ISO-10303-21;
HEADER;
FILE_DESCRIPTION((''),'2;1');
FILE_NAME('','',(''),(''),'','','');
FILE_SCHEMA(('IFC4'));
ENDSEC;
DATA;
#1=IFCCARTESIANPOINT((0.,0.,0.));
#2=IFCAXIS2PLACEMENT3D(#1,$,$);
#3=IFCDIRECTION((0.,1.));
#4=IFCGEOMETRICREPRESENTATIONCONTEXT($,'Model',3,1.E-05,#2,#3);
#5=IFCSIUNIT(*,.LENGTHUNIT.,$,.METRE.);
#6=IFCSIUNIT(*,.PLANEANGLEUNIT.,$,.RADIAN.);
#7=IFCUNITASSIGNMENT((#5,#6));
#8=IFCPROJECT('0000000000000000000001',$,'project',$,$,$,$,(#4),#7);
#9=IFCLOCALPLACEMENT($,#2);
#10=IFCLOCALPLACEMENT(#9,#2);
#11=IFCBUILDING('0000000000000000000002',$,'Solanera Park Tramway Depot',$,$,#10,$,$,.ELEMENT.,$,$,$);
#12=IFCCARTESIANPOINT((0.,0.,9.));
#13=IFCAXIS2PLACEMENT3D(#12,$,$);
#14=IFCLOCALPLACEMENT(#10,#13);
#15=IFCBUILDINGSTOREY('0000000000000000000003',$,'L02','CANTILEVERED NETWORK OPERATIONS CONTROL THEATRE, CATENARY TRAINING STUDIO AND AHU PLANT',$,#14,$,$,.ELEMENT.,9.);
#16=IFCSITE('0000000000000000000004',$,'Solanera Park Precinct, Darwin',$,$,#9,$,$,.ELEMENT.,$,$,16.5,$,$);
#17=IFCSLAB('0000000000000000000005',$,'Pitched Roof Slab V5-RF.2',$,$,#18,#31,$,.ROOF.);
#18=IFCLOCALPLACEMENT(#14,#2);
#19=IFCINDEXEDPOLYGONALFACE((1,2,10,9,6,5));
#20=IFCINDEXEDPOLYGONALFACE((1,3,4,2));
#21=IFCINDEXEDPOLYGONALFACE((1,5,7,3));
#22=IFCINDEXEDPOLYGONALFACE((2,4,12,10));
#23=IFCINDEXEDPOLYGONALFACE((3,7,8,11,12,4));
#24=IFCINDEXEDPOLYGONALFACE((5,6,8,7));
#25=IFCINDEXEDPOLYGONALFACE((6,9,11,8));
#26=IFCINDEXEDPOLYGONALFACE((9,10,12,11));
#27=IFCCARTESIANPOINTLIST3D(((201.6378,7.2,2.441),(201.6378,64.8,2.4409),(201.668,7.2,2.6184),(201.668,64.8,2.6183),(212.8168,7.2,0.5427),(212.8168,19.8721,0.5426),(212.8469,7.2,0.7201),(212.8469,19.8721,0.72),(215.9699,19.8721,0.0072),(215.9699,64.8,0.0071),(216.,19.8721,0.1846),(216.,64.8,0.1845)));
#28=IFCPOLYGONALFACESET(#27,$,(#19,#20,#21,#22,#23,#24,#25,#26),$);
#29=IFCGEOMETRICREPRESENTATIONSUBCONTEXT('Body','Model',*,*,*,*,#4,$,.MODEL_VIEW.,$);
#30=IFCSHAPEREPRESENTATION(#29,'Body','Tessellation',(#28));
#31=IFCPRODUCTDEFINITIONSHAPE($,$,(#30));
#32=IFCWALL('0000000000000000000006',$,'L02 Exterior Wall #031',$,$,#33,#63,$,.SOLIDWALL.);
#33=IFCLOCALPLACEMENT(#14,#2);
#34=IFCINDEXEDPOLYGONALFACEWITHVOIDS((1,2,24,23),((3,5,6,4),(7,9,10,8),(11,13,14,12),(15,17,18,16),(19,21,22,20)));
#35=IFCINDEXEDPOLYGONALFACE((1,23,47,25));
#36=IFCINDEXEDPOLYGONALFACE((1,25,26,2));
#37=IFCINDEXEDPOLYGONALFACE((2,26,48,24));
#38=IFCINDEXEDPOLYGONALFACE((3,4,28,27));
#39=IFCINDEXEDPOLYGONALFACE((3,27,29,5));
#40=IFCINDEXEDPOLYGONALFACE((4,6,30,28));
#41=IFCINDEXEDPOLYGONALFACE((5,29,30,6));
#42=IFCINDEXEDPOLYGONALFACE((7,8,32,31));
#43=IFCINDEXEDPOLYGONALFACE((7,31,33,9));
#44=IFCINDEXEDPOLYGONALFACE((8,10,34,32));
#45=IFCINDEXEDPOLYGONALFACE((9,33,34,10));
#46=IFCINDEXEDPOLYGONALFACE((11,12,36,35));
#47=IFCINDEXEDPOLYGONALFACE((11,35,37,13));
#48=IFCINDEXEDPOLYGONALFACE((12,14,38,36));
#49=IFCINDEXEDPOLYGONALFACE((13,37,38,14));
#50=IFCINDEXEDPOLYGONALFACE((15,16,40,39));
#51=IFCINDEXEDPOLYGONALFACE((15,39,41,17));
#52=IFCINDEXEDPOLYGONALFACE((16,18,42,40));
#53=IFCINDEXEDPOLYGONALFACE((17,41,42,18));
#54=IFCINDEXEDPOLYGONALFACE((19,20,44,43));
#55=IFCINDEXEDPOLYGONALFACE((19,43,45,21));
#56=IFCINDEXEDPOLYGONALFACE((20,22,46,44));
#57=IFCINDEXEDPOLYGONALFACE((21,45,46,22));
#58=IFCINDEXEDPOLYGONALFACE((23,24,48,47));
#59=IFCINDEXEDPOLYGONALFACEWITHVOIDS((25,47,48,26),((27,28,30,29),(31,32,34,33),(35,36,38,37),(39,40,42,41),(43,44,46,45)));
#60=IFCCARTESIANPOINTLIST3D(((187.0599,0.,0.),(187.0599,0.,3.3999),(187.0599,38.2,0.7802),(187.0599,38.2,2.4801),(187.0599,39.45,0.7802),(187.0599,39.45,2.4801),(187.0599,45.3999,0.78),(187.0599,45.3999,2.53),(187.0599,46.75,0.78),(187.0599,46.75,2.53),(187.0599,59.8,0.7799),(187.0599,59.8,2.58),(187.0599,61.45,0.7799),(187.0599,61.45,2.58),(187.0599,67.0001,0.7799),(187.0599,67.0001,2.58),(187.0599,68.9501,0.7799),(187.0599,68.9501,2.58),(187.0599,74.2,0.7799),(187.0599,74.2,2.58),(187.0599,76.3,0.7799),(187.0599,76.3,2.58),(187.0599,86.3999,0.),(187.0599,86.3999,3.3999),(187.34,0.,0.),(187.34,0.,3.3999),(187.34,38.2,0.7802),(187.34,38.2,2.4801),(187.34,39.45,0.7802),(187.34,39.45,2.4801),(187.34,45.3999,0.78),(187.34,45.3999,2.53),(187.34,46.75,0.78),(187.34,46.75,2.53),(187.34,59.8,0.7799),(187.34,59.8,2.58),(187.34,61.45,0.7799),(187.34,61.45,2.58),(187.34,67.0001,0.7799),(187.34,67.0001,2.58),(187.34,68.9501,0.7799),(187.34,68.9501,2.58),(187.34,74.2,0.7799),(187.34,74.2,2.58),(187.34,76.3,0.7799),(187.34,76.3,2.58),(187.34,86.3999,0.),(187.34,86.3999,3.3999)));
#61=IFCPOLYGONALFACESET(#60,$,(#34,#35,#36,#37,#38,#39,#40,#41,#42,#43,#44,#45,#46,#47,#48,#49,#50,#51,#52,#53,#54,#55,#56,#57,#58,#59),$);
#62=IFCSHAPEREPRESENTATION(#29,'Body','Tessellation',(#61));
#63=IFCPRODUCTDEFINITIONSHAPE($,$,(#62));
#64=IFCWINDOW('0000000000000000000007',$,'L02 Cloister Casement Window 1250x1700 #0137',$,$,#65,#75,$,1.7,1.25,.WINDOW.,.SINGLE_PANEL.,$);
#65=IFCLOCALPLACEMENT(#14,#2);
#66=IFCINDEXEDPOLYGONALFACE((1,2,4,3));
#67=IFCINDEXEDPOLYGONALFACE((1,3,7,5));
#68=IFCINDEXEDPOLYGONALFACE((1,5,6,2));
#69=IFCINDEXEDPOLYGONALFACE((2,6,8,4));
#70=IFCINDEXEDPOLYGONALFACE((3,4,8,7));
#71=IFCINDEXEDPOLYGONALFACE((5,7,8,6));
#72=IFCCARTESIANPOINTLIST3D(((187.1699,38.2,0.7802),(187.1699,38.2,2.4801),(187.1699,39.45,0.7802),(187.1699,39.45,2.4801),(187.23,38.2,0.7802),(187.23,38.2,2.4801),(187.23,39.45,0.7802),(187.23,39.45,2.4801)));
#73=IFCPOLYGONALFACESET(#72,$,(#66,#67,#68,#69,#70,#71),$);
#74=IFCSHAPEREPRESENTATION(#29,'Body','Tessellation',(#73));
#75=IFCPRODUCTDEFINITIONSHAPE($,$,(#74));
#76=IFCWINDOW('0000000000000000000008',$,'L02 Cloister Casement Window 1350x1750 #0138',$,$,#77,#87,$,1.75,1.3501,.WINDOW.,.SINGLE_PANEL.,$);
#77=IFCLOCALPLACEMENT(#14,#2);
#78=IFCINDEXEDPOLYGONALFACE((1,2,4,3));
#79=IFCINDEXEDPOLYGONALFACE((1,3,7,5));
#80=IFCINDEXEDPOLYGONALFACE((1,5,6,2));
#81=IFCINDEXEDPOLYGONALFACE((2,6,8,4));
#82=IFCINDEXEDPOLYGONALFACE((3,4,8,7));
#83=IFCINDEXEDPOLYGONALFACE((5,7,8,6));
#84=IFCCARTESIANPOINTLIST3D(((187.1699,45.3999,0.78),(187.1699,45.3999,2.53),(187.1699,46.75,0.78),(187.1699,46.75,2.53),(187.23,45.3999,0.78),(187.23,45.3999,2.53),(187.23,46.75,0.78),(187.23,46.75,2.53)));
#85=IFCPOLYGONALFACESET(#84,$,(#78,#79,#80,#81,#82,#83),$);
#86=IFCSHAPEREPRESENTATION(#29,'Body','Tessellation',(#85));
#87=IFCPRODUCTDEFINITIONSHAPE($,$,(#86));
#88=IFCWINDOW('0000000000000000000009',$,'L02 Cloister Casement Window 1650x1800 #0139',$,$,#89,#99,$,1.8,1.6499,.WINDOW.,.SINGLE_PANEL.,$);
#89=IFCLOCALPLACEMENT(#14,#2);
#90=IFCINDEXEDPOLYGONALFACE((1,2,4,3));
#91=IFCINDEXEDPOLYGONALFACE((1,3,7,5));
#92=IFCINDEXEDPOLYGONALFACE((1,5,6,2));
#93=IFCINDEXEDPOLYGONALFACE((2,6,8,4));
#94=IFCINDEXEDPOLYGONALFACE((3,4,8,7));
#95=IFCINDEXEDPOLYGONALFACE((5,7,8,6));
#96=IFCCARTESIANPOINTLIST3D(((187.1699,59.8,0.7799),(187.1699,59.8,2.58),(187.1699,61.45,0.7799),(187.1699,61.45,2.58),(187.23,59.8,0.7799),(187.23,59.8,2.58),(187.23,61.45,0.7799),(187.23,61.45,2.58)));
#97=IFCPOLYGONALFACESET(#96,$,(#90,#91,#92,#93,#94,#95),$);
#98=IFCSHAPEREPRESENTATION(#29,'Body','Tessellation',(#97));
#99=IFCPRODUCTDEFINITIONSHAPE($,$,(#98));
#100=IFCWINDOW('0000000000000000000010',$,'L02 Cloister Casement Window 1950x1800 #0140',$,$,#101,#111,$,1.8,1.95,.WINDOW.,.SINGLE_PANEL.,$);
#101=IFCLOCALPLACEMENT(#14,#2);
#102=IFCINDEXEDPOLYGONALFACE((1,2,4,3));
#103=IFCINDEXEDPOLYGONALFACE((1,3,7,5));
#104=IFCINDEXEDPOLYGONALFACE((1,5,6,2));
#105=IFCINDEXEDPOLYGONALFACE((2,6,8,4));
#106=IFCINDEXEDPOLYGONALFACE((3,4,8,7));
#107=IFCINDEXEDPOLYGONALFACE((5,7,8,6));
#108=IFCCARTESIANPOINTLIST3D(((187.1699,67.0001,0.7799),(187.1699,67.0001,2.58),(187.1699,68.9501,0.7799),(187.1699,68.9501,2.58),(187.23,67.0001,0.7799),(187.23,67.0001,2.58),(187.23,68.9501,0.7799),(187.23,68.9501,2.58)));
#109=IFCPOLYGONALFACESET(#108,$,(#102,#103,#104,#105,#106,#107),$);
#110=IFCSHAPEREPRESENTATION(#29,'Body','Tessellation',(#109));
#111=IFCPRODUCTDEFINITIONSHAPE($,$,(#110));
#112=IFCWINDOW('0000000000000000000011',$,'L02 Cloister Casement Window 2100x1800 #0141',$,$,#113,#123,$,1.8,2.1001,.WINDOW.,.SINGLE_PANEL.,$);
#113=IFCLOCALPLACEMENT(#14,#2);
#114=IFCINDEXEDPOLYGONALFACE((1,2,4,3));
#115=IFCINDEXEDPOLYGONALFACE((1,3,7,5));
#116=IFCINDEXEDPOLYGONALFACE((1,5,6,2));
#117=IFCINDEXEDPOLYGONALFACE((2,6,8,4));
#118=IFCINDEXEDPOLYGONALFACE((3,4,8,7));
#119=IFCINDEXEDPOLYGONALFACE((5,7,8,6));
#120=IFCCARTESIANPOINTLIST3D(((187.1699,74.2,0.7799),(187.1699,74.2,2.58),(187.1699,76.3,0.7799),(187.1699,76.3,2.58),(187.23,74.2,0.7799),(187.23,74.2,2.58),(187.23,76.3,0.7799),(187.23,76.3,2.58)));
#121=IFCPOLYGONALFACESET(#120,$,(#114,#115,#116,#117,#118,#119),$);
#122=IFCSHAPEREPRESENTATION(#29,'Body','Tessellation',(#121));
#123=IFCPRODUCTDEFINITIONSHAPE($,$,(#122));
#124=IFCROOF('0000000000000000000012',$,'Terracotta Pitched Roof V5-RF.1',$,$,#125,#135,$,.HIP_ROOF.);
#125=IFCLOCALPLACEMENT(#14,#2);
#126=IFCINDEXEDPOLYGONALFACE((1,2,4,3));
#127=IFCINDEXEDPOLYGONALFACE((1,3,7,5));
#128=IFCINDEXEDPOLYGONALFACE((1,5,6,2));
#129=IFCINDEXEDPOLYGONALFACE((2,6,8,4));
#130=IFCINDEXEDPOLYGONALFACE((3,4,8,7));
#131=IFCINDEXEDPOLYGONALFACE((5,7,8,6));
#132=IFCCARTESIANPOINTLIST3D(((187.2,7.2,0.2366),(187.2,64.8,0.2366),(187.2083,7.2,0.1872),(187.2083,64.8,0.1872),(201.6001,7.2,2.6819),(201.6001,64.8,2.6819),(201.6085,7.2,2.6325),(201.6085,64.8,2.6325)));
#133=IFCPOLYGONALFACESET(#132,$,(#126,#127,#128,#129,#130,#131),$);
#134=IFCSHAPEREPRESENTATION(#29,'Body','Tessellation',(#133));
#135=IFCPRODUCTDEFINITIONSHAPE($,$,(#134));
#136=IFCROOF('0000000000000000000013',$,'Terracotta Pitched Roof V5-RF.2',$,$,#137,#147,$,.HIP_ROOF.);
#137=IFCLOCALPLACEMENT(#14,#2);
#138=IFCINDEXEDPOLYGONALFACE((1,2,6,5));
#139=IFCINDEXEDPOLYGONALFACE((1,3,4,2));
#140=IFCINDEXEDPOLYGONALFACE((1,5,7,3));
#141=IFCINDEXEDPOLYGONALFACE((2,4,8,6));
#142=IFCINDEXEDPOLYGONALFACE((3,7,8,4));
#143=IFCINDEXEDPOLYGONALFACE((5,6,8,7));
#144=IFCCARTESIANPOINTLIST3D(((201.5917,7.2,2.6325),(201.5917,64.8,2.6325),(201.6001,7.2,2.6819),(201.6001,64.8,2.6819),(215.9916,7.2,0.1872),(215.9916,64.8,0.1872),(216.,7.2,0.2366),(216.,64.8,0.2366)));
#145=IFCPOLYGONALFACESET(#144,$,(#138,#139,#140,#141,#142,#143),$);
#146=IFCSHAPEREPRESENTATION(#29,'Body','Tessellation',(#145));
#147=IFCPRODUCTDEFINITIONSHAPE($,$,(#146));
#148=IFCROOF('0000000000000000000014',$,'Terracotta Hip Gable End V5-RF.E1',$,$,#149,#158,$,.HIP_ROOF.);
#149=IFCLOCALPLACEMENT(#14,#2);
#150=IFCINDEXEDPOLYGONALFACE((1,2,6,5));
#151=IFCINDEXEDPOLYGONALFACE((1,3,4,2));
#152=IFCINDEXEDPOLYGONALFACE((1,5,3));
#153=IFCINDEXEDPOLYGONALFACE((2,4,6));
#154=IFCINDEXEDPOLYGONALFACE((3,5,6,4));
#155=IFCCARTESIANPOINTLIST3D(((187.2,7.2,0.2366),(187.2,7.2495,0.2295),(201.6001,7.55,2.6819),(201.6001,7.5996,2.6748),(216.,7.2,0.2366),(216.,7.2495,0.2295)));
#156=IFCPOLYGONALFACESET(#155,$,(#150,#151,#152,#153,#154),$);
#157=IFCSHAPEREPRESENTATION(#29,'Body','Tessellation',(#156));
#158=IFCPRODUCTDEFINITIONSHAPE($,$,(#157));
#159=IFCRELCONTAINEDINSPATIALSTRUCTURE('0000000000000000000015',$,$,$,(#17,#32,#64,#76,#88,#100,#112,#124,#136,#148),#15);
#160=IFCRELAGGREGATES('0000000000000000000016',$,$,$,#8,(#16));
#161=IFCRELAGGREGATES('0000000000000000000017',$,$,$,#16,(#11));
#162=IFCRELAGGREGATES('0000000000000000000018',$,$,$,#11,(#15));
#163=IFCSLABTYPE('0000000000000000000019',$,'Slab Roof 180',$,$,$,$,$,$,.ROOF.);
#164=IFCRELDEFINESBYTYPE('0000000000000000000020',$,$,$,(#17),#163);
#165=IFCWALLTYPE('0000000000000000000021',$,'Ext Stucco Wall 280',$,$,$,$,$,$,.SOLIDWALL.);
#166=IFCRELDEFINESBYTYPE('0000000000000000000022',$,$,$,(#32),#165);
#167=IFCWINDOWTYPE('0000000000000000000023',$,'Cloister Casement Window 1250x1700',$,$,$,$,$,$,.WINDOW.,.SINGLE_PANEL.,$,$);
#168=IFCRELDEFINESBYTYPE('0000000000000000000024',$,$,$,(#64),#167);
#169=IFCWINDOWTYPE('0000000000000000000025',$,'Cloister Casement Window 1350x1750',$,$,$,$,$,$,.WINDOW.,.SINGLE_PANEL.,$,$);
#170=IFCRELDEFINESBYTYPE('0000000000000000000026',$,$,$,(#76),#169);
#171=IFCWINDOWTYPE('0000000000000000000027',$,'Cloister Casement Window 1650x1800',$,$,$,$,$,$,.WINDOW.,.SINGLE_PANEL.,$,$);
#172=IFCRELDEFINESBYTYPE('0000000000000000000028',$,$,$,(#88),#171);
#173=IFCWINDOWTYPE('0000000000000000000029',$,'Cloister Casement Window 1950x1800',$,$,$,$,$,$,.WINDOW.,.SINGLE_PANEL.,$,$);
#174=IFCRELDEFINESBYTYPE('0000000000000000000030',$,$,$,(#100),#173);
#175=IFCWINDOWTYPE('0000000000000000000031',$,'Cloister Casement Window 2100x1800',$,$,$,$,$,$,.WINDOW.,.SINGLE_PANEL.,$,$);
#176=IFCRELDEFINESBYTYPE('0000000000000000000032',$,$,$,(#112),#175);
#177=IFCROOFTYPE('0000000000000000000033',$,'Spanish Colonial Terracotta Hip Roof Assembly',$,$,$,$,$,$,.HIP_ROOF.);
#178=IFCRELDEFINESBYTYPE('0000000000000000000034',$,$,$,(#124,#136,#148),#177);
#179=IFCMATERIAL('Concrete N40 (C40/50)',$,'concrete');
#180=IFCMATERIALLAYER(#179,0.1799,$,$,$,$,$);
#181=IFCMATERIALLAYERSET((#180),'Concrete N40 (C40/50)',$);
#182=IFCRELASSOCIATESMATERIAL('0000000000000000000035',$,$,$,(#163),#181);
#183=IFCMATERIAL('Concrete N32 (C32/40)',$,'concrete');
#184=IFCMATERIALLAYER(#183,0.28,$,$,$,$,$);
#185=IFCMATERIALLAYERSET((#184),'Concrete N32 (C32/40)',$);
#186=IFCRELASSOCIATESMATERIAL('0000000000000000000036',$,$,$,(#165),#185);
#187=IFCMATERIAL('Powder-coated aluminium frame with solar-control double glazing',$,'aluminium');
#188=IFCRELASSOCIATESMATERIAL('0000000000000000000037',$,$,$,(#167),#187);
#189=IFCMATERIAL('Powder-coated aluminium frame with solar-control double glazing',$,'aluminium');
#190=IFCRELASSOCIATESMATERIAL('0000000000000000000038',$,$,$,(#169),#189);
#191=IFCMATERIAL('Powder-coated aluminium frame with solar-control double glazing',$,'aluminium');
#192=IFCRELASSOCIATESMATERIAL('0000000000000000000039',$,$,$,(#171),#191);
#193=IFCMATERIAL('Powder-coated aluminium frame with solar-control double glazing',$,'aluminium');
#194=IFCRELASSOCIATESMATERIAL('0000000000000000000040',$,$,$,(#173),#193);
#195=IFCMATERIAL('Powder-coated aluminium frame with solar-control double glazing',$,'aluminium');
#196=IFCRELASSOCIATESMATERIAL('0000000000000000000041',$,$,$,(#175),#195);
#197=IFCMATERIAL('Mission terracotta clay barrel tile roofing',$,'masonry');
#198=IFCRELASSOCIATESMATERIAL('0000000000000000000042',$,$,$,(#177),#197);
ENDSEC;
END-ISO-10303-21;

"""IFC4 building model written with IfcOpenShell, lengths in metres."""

from ifc_helpers import new_model, si_unit, direction, frame, frame_2d, origin, place, context, subcontext, project, spatial, polyline, rectangle, outline, extrude, material, layer, layer_set, type_object, element, fill, save


model = new_model("IFC4")

# Units and contexts
model_context = context("Model", 3, precision=1e-05, world=origin(), true_north=direction((0.0, 1.0)))
body_context = subcontext(model_context, "Body", "Model", "MODEL_VIEW")
ifc_project = project(units=[si_unit("LENGTHUNIT", "METRE"), si_unit("PLANEANGLEUNIT", "RADIAN")], contexts=[model_context])

# Site, building, storey
site_placement = place(None, origin())
site = spatial("IfcSite", under=ifc_project, at=site_placement, Name="Solanera Park Precinct, Darwin", CompositionType="ELEMENT", RefElevation=16.5)
building_placement = place(site_placement, origin())
building = spatial("IfcBuilding", under=site, at=building_placement, Name="Solanera Park Tramway Depot", CompositionType="ELEMENT")
storey_placement = place(building_placement, frame((0.0, 0.0, 9.0)))
storey = spatial("IfcBuildingStorey", under=building, at=storey_placement, Name="L02", Description="CANTILEVERED NETWORK OPERATIONS CONTROL THEATRE, CATENARY TRAINING STUDIO AND AHU PLANT", CompositionType="ELEMENT", Elevation=9.0)

# Slab
ifc_material_1 = material(Name="Concrete N40 (C40/50)", Category="concrete")
ifc_layer_1 = layer(ifc_material_1, 0.1799)
ifc_layer_set_1 = layer_set([ifc_layer_1], Name="Concrete N40 (C40/50)")
slab_type = type_object("IfcSlabType", Name="Slab Roof 180", PredefinedType="ROOF", material=ifc_layer_set_1)
slab_1_placement = place(storey_placement, frame((201.668, 7.2, 2.6184), z_axis=(0.167418, 0.000002, 0.985886), x_axis=(0.985886, 0.0, -0.167418)))
element("IfcSlab", 1, at=slab_1_placement, inside=storey, type_object=slab_type, Name="Pitched Roof Slab V5-RF.2", PredefinedType="ROOF", context=body_context, shape_type="SweptSolid", body=[
    extrude(outline(polyline([(0.0, 0.0), (11.339, 0.0), (11.339, 12.6721), (14.5372, 12.6721), (14.5372, 57.6001), (0.0, 57.6001), (0.0, 0.0)])), origin(), (0.0, 0.0, -1.0), 0.1799),
])

# Wall, openings, windows
ifc_material_2 = material(Name="Concrete N32 (C32/40)", Category="concrete")
ifc_layer_2 = layer(ifc_material_2, 0.28)
ifc_layer_set_2 = layer_set([ifc_layer_2], Name="Concrete N32 (C32/40)")
wall_type = type_object("IfcWallType", Name="Ext Stucco Wall 280", PredefinedType="SOLIDWALL", material=ifc_layer_set_2)
wall_placement = place(storey_placement, frame((187.2, 0.0, 0.0), z_axis=(0.0, 0.0, 1.0), x_axis=(0.0, 1.0, 0.0)))
wall = element("IfcWall", 2, at=wall_placement, inside=storey, type_object=wall_type, Name="L02 Exterior Wall #031", PredefinedType="SOLIDWALL", context=body_context, shape_type="SweptSolid", body=[
    extrude(rectangle(XDim=86.3999, YDim=0.28, at=frame_2d((43.2, 0.0))), origin(), (0.0, 0.0, 1.0), 3.3999),
])
opening_1_placement = place(wall_placement, frame((38.2, 0.0, 0.78)))
opening_1 = element("IfcOpeningElement", 3, at=opening_1_placement, cuts=wall, PredefinedType="OPENING", context=body_context, shape_type="SweptSolid", body=[
    extrude(rectangle(XDim=1.25, YDim=1.7, at=frame_2d((0.625, 0.8501))), frame((0.0, 0.1499, 0.0), z_axis=(0.0, -1.0, 0.0), x_axis=(1.0, 0.0, 0.0)), (0.0, 0.0, 1.0), 0.3),
])
opening_2_placement = place(wall_placement, frame((45.3999, 0.0, 0.78)))
opening_2 = element("IfcOpeningElement", 4, at=opening_2_placement, cuts=wall, PredefinedType="OPENING", context=body_context, shape_type="SweptSolid", body=[
    extrude(rectangle(XDim=1.3501, YDim=1.75, at=frame_2d((0.675, 0.875))), frame((0.0, 0.1499, 0.0), z_axis=(0.0, -1.0, 0.0), x_axis=(1.0, 0.0, 0.0)), (0.0, 0.0, 1.0), 0.3),
])
opening_3_placement = place(wall_placement, frame((59.8, 0.0, 0.78)))
opening_3 = element("IfcOpeningElement", 5, at=opening_3_placement, cuts=wall, PredefinedType="OPENING", context=body_context, shape_type="SweptSolid", body=[
    extrude(rectangle(XDim=1.6499, YDim=1.8, at=frame_2d((0.825, 0.8999))), frame((0.0, 0.1499, 0.0), z_axis=(0.0, -1.0, 0.0), x_axis=(1.0, 0.0, 0.0)), (0.0, 0.0, 1.0), 0.3),
])
opening_4_placement = place(wall_placement, frame((67.0, 0.0, 0.78)))
opening_4 = element("IfcOpeningElement", 6, at=opening_4_placement, cuts=wall, PredefinedType="OPENING", context=body_context, shape_type="SweptSolid", body=[
    extrude(rectangle(XDim=1.95, YDim=1.8, at=frame_2d((0.9751, 0.8999))), frame((0.0, 0.1499, 0.0), z_axis=(0.0, -1.0, 0.0), x_axis=(1.0, 0.0, 0.0)), (0.0, 0.0, 1.0), 0.3),
])
opening_5_placement = place(wall_placement, frame((74.2, 0.0, 0.78)))
opening_5 = element("IfcOpeningElement", 7, at=opening_5_placement, cuts=wall, PredefinedType="OPENING", context=body_context, shape_type="SweptSolid", body=[
    extrude(rectangle(XDim=2.1001, YDim=1.8, at=frame_2d((1.05, 0.8999))), frame((0.0, 0.1499, 0.0), z_axis=(0.0, -1.0, 0.0), x_axis=(1.0, 0.0, 0.0)), (0.0, 0.0, 1.0), 0.3),
])
ifc_material_3 = material(Name="Powder-coated aluminium frame with solar-control double glazing", Category="aluminium")
window_type_1 = type_object("IfcWindowType", Name="Cloister Casement Window 1250x1700", PartitioningType="SINGLE_PANEL", PredefinedType="WINDOW", material=ifc_material_3)
window_1_placement = place(opening_1_placement, origin())
window_1 = element("IfcWindow", 8, at=window_1_placement, inside=storey, type_object=window_type_1, Name="L02 Cloister Casement Window 1250x1700 #0137", OverallHeight=1.7, OverallWidth=1.25, PartitioningType="SINGLE_PANEL", PredefinedType="WINDOW", context=body_context, shape_type="SweptSolid", body=[
    extrude(rectangle(XDim=1.25, YDim=1.7, at=frame_2d((0.625, 0.8501))), frame((0.0, 0.03, 0.0), z_axis=(0.0, -1.0, 0.0), x_axis=(1.0, 0.0, 0.0)), (0.0, 0.0, 1.0), 0.0601),
])
fill(opening_1, window_1)
ifc_material_4 = material(Name="Powder-coated aluminium frame with solar-control double glazing", Category="aluminium")
window_type_2 = type_object("IfcWindowType", Name="Cloister Casement Window 1350x1750", PartitioningType="SINGLE_PANEL", PredefinedType="WINDOW", material=ifc_material_4)
window_2_placement = place(opening_2_placement, origin())
window_2 = element("IfcWindow", 9, at=window_2_placement, inside=storey, type_object=window_type_2, Name="L02 Cloister Casement Window 1350x1750 #0138", OverallHeight=1.75, OverallWidth=1.3501, PartitioningType="SINGLE_PANEL", PredefinedType="WINDOW", context=body_context, shape_type="SweptSolid", body=[
    extrude(rectangle(XDim=1.3501, YDim=1.75, at=frame_2d((0.675, 0.875))), frame((0.0, 0.03, 0.0), z_axis=(0.0, -1.0, 0.0), x_axis=(1.0, 0.0, 0.0)), (0.0, 0.0, 1.0), 0.0601),
])
fill(opening_2, window_2)
ifc_material_5 = material(Name="Powder-coated aluminium frame with solar-control double glazing", Category="aluminium")
window_type_3 = type_object("IfcWindowType", Name="Cloister Casement Window 1650x1800", PartitioningType="SINGLE_PANEL", PredefinedType="WINDOW", material=ifc_material_5)
window_3_placement = place(opening_3_placement, origin())
window_3 = element("IfcWindow", 10, at=window_3_placement, inside=storey, type_object=window_type_3, Name="L02 Cloister Casement Window 1650x1800 #0139", OverallHeight=1.8, OverallWidth=1.6499, PartitioningType="SINGLE_PANEL", PredefinedType="WINDOW", context=body_context, shape_type="SweptSolid", body=[
    extrude(rectangle(XDim=1.6499, YDim=1.8, at=frame_2d((0.825, 0.8999))), frame((0.0, 0.03, 0.0), z_axis=(0.0, -1.0, 0.0), x_axis=(1.0, 0.0, 0.0)), (0.0, 0.0, 1.0), 0.0601),
])
fill(opening_3, window_3)
ifc_material_6 = material(Name="Powder-coated aluminium frame with solar-control double glazing", Category="aluminium")
window_type_4 = type_object("IfcWindowType", Name="Cloister Casement Window 1950x1800", PartitioningType="SINGLE_PANEL", PredefinedType="WINDOW", material=ifc_material_6)
window_4_placement = place(opening_4_placement, origin())
window_4 = element("IfcWindow", 11, at=window_4_placement, inside=storey, type_object=window_type_4, Name="L02 Cloister Casement Window 1950x1800 #0140", OverallHeight=1.8, OverallWidth=1.95, PartitioningType="SINGLE_PANEL", PredefinedType="WINDOW", context=body_context, shape_type="SweptSolid", body=[
    extrude(rectangle(XDim=1.95, YDim=1.8, at=frame_2d((0.9751, 0.8999))), frame((0.0, 0.03, 0.0), z_axis=(0.0, -1.0, 0.0), x_axis=(1.0, 0.0, 0.0)), (0.0, 0.0, 1.0), 0.0601),
])
fill(opening_4, window_4)
ifc_material_7 = material(Name="Powder-coated aluminium frame with solar-control double glazing", Category="aluminium")
window_type_5 = type_object("IfcWindowType", Name="Cloister Casement Window 2100x1800", PartitioningType="SINGLE_PANEL", PredefinedType="WINDOW", material=ifc_material_7)
window_5_placement = place(opening_5_placement, origin())
window_5 = element("IfcWindow", 12, at=window_5_placement, inside=storey, type_object=window_type_5, Name="L02 Cloister Casement Window 2100x1800 #0141", OverallHeight=1.8, OverallWidth=2.1001, PartitioningType="SINGLE_PANEL", PredefinedType="WINDOW", context=body_context, shape_type="SweptSolid", body=[
    extrude(rectangle(XDim=2.1001, YDim=1.8, at=frame_2d((1.05, 0.8999))), frame((0.0, 0.03, 0.0), z_axis=(0.0, -1.0, 0.0), x_axis=(1.0, 0.0, 0.0)), (0.0, 0.0, 1.0), 0.0601),
])
fill(opening_5, window_5)

# Roofs
ifc_material_8 = material(Name="Mission terracotta clay barrel tile roofing", Category="masonry")
roof_type = type_object("IfcRoofType", Name="Spanish Colonial Terracotta Hip Roof Assembly", PredefinedType="HIP_ROOF", material=ifc_material_8)
roof_1_placement = place(storey_placement, frame((187.2, 7.2, 0.2366), z_axis=(-0.167415, 0.0, 0.985887), x_axis=(0.985887, 0.0, 0.167415)))
element("IfcRoof", 13, at=roof_1_placement, inside=storey, type_object=roof_type, Name="Terracotta Pitched Roof V5-RF.1", PredefinedType="HIP_ROOF", context=body_context, shape_type="SweptSolid", body=[
    extrude(outline(polyline([(0.0, 0.0), (14.6063, 0.0), (14.6063, 57.6001), (0.0, 57.6001), (0.0, 0.0)])), origin(), (0.0, 0.0, -1.0), 0.05),
])
roof_2_placement = place(storey_placement, frame((201.6001, 7.2, 2.6819), z_axis=(0.167418, 0.0, 0.985886), x_axis=(0.985886, 0.0, -0.167418)))
element("IfcRoof", 14, at=roof_2_placement, inside=storey, type_object=roof_type, Name="Terracotta Pitched Roof V5-RF.2", PredefinedType="HIP_ROOF", context=body_context, shape_type="SweptSolid", body=[
    extrude(outline(polyline([(0.0, 0.0), (14.6061, 0.0), (14.6061, 57.6001), (0.0, 57.6001), (0.0, 0.0)])), origin(), (0.0, 0.0, -1.0), 0.05),
])
roof_3_placement = place(storey_placement, frame((187.2, 7.2, 0.2366), z_axis=(0.0, -0.989906, 0.141726), x_axis=(1.0, 0.0, 0.0)))
element("IfcRoof", 15, at=roof_3_placement, inside=storey, type_object=roof_type, Name="Terracotta Hip Gable End V5-RF.E1", PredefinedType="HIP_ROOF", context=body_context, shape_type="SweptSolid", body=[
    extrude(outline(polyline([(0.0, 0.0), (28.8, 0.0), (14.4001, 2.4702), (0.0, 0.0)])), origin(), (0.0, 0.0, -1.0), 0.05),
])

save(model, "model.ifc")
